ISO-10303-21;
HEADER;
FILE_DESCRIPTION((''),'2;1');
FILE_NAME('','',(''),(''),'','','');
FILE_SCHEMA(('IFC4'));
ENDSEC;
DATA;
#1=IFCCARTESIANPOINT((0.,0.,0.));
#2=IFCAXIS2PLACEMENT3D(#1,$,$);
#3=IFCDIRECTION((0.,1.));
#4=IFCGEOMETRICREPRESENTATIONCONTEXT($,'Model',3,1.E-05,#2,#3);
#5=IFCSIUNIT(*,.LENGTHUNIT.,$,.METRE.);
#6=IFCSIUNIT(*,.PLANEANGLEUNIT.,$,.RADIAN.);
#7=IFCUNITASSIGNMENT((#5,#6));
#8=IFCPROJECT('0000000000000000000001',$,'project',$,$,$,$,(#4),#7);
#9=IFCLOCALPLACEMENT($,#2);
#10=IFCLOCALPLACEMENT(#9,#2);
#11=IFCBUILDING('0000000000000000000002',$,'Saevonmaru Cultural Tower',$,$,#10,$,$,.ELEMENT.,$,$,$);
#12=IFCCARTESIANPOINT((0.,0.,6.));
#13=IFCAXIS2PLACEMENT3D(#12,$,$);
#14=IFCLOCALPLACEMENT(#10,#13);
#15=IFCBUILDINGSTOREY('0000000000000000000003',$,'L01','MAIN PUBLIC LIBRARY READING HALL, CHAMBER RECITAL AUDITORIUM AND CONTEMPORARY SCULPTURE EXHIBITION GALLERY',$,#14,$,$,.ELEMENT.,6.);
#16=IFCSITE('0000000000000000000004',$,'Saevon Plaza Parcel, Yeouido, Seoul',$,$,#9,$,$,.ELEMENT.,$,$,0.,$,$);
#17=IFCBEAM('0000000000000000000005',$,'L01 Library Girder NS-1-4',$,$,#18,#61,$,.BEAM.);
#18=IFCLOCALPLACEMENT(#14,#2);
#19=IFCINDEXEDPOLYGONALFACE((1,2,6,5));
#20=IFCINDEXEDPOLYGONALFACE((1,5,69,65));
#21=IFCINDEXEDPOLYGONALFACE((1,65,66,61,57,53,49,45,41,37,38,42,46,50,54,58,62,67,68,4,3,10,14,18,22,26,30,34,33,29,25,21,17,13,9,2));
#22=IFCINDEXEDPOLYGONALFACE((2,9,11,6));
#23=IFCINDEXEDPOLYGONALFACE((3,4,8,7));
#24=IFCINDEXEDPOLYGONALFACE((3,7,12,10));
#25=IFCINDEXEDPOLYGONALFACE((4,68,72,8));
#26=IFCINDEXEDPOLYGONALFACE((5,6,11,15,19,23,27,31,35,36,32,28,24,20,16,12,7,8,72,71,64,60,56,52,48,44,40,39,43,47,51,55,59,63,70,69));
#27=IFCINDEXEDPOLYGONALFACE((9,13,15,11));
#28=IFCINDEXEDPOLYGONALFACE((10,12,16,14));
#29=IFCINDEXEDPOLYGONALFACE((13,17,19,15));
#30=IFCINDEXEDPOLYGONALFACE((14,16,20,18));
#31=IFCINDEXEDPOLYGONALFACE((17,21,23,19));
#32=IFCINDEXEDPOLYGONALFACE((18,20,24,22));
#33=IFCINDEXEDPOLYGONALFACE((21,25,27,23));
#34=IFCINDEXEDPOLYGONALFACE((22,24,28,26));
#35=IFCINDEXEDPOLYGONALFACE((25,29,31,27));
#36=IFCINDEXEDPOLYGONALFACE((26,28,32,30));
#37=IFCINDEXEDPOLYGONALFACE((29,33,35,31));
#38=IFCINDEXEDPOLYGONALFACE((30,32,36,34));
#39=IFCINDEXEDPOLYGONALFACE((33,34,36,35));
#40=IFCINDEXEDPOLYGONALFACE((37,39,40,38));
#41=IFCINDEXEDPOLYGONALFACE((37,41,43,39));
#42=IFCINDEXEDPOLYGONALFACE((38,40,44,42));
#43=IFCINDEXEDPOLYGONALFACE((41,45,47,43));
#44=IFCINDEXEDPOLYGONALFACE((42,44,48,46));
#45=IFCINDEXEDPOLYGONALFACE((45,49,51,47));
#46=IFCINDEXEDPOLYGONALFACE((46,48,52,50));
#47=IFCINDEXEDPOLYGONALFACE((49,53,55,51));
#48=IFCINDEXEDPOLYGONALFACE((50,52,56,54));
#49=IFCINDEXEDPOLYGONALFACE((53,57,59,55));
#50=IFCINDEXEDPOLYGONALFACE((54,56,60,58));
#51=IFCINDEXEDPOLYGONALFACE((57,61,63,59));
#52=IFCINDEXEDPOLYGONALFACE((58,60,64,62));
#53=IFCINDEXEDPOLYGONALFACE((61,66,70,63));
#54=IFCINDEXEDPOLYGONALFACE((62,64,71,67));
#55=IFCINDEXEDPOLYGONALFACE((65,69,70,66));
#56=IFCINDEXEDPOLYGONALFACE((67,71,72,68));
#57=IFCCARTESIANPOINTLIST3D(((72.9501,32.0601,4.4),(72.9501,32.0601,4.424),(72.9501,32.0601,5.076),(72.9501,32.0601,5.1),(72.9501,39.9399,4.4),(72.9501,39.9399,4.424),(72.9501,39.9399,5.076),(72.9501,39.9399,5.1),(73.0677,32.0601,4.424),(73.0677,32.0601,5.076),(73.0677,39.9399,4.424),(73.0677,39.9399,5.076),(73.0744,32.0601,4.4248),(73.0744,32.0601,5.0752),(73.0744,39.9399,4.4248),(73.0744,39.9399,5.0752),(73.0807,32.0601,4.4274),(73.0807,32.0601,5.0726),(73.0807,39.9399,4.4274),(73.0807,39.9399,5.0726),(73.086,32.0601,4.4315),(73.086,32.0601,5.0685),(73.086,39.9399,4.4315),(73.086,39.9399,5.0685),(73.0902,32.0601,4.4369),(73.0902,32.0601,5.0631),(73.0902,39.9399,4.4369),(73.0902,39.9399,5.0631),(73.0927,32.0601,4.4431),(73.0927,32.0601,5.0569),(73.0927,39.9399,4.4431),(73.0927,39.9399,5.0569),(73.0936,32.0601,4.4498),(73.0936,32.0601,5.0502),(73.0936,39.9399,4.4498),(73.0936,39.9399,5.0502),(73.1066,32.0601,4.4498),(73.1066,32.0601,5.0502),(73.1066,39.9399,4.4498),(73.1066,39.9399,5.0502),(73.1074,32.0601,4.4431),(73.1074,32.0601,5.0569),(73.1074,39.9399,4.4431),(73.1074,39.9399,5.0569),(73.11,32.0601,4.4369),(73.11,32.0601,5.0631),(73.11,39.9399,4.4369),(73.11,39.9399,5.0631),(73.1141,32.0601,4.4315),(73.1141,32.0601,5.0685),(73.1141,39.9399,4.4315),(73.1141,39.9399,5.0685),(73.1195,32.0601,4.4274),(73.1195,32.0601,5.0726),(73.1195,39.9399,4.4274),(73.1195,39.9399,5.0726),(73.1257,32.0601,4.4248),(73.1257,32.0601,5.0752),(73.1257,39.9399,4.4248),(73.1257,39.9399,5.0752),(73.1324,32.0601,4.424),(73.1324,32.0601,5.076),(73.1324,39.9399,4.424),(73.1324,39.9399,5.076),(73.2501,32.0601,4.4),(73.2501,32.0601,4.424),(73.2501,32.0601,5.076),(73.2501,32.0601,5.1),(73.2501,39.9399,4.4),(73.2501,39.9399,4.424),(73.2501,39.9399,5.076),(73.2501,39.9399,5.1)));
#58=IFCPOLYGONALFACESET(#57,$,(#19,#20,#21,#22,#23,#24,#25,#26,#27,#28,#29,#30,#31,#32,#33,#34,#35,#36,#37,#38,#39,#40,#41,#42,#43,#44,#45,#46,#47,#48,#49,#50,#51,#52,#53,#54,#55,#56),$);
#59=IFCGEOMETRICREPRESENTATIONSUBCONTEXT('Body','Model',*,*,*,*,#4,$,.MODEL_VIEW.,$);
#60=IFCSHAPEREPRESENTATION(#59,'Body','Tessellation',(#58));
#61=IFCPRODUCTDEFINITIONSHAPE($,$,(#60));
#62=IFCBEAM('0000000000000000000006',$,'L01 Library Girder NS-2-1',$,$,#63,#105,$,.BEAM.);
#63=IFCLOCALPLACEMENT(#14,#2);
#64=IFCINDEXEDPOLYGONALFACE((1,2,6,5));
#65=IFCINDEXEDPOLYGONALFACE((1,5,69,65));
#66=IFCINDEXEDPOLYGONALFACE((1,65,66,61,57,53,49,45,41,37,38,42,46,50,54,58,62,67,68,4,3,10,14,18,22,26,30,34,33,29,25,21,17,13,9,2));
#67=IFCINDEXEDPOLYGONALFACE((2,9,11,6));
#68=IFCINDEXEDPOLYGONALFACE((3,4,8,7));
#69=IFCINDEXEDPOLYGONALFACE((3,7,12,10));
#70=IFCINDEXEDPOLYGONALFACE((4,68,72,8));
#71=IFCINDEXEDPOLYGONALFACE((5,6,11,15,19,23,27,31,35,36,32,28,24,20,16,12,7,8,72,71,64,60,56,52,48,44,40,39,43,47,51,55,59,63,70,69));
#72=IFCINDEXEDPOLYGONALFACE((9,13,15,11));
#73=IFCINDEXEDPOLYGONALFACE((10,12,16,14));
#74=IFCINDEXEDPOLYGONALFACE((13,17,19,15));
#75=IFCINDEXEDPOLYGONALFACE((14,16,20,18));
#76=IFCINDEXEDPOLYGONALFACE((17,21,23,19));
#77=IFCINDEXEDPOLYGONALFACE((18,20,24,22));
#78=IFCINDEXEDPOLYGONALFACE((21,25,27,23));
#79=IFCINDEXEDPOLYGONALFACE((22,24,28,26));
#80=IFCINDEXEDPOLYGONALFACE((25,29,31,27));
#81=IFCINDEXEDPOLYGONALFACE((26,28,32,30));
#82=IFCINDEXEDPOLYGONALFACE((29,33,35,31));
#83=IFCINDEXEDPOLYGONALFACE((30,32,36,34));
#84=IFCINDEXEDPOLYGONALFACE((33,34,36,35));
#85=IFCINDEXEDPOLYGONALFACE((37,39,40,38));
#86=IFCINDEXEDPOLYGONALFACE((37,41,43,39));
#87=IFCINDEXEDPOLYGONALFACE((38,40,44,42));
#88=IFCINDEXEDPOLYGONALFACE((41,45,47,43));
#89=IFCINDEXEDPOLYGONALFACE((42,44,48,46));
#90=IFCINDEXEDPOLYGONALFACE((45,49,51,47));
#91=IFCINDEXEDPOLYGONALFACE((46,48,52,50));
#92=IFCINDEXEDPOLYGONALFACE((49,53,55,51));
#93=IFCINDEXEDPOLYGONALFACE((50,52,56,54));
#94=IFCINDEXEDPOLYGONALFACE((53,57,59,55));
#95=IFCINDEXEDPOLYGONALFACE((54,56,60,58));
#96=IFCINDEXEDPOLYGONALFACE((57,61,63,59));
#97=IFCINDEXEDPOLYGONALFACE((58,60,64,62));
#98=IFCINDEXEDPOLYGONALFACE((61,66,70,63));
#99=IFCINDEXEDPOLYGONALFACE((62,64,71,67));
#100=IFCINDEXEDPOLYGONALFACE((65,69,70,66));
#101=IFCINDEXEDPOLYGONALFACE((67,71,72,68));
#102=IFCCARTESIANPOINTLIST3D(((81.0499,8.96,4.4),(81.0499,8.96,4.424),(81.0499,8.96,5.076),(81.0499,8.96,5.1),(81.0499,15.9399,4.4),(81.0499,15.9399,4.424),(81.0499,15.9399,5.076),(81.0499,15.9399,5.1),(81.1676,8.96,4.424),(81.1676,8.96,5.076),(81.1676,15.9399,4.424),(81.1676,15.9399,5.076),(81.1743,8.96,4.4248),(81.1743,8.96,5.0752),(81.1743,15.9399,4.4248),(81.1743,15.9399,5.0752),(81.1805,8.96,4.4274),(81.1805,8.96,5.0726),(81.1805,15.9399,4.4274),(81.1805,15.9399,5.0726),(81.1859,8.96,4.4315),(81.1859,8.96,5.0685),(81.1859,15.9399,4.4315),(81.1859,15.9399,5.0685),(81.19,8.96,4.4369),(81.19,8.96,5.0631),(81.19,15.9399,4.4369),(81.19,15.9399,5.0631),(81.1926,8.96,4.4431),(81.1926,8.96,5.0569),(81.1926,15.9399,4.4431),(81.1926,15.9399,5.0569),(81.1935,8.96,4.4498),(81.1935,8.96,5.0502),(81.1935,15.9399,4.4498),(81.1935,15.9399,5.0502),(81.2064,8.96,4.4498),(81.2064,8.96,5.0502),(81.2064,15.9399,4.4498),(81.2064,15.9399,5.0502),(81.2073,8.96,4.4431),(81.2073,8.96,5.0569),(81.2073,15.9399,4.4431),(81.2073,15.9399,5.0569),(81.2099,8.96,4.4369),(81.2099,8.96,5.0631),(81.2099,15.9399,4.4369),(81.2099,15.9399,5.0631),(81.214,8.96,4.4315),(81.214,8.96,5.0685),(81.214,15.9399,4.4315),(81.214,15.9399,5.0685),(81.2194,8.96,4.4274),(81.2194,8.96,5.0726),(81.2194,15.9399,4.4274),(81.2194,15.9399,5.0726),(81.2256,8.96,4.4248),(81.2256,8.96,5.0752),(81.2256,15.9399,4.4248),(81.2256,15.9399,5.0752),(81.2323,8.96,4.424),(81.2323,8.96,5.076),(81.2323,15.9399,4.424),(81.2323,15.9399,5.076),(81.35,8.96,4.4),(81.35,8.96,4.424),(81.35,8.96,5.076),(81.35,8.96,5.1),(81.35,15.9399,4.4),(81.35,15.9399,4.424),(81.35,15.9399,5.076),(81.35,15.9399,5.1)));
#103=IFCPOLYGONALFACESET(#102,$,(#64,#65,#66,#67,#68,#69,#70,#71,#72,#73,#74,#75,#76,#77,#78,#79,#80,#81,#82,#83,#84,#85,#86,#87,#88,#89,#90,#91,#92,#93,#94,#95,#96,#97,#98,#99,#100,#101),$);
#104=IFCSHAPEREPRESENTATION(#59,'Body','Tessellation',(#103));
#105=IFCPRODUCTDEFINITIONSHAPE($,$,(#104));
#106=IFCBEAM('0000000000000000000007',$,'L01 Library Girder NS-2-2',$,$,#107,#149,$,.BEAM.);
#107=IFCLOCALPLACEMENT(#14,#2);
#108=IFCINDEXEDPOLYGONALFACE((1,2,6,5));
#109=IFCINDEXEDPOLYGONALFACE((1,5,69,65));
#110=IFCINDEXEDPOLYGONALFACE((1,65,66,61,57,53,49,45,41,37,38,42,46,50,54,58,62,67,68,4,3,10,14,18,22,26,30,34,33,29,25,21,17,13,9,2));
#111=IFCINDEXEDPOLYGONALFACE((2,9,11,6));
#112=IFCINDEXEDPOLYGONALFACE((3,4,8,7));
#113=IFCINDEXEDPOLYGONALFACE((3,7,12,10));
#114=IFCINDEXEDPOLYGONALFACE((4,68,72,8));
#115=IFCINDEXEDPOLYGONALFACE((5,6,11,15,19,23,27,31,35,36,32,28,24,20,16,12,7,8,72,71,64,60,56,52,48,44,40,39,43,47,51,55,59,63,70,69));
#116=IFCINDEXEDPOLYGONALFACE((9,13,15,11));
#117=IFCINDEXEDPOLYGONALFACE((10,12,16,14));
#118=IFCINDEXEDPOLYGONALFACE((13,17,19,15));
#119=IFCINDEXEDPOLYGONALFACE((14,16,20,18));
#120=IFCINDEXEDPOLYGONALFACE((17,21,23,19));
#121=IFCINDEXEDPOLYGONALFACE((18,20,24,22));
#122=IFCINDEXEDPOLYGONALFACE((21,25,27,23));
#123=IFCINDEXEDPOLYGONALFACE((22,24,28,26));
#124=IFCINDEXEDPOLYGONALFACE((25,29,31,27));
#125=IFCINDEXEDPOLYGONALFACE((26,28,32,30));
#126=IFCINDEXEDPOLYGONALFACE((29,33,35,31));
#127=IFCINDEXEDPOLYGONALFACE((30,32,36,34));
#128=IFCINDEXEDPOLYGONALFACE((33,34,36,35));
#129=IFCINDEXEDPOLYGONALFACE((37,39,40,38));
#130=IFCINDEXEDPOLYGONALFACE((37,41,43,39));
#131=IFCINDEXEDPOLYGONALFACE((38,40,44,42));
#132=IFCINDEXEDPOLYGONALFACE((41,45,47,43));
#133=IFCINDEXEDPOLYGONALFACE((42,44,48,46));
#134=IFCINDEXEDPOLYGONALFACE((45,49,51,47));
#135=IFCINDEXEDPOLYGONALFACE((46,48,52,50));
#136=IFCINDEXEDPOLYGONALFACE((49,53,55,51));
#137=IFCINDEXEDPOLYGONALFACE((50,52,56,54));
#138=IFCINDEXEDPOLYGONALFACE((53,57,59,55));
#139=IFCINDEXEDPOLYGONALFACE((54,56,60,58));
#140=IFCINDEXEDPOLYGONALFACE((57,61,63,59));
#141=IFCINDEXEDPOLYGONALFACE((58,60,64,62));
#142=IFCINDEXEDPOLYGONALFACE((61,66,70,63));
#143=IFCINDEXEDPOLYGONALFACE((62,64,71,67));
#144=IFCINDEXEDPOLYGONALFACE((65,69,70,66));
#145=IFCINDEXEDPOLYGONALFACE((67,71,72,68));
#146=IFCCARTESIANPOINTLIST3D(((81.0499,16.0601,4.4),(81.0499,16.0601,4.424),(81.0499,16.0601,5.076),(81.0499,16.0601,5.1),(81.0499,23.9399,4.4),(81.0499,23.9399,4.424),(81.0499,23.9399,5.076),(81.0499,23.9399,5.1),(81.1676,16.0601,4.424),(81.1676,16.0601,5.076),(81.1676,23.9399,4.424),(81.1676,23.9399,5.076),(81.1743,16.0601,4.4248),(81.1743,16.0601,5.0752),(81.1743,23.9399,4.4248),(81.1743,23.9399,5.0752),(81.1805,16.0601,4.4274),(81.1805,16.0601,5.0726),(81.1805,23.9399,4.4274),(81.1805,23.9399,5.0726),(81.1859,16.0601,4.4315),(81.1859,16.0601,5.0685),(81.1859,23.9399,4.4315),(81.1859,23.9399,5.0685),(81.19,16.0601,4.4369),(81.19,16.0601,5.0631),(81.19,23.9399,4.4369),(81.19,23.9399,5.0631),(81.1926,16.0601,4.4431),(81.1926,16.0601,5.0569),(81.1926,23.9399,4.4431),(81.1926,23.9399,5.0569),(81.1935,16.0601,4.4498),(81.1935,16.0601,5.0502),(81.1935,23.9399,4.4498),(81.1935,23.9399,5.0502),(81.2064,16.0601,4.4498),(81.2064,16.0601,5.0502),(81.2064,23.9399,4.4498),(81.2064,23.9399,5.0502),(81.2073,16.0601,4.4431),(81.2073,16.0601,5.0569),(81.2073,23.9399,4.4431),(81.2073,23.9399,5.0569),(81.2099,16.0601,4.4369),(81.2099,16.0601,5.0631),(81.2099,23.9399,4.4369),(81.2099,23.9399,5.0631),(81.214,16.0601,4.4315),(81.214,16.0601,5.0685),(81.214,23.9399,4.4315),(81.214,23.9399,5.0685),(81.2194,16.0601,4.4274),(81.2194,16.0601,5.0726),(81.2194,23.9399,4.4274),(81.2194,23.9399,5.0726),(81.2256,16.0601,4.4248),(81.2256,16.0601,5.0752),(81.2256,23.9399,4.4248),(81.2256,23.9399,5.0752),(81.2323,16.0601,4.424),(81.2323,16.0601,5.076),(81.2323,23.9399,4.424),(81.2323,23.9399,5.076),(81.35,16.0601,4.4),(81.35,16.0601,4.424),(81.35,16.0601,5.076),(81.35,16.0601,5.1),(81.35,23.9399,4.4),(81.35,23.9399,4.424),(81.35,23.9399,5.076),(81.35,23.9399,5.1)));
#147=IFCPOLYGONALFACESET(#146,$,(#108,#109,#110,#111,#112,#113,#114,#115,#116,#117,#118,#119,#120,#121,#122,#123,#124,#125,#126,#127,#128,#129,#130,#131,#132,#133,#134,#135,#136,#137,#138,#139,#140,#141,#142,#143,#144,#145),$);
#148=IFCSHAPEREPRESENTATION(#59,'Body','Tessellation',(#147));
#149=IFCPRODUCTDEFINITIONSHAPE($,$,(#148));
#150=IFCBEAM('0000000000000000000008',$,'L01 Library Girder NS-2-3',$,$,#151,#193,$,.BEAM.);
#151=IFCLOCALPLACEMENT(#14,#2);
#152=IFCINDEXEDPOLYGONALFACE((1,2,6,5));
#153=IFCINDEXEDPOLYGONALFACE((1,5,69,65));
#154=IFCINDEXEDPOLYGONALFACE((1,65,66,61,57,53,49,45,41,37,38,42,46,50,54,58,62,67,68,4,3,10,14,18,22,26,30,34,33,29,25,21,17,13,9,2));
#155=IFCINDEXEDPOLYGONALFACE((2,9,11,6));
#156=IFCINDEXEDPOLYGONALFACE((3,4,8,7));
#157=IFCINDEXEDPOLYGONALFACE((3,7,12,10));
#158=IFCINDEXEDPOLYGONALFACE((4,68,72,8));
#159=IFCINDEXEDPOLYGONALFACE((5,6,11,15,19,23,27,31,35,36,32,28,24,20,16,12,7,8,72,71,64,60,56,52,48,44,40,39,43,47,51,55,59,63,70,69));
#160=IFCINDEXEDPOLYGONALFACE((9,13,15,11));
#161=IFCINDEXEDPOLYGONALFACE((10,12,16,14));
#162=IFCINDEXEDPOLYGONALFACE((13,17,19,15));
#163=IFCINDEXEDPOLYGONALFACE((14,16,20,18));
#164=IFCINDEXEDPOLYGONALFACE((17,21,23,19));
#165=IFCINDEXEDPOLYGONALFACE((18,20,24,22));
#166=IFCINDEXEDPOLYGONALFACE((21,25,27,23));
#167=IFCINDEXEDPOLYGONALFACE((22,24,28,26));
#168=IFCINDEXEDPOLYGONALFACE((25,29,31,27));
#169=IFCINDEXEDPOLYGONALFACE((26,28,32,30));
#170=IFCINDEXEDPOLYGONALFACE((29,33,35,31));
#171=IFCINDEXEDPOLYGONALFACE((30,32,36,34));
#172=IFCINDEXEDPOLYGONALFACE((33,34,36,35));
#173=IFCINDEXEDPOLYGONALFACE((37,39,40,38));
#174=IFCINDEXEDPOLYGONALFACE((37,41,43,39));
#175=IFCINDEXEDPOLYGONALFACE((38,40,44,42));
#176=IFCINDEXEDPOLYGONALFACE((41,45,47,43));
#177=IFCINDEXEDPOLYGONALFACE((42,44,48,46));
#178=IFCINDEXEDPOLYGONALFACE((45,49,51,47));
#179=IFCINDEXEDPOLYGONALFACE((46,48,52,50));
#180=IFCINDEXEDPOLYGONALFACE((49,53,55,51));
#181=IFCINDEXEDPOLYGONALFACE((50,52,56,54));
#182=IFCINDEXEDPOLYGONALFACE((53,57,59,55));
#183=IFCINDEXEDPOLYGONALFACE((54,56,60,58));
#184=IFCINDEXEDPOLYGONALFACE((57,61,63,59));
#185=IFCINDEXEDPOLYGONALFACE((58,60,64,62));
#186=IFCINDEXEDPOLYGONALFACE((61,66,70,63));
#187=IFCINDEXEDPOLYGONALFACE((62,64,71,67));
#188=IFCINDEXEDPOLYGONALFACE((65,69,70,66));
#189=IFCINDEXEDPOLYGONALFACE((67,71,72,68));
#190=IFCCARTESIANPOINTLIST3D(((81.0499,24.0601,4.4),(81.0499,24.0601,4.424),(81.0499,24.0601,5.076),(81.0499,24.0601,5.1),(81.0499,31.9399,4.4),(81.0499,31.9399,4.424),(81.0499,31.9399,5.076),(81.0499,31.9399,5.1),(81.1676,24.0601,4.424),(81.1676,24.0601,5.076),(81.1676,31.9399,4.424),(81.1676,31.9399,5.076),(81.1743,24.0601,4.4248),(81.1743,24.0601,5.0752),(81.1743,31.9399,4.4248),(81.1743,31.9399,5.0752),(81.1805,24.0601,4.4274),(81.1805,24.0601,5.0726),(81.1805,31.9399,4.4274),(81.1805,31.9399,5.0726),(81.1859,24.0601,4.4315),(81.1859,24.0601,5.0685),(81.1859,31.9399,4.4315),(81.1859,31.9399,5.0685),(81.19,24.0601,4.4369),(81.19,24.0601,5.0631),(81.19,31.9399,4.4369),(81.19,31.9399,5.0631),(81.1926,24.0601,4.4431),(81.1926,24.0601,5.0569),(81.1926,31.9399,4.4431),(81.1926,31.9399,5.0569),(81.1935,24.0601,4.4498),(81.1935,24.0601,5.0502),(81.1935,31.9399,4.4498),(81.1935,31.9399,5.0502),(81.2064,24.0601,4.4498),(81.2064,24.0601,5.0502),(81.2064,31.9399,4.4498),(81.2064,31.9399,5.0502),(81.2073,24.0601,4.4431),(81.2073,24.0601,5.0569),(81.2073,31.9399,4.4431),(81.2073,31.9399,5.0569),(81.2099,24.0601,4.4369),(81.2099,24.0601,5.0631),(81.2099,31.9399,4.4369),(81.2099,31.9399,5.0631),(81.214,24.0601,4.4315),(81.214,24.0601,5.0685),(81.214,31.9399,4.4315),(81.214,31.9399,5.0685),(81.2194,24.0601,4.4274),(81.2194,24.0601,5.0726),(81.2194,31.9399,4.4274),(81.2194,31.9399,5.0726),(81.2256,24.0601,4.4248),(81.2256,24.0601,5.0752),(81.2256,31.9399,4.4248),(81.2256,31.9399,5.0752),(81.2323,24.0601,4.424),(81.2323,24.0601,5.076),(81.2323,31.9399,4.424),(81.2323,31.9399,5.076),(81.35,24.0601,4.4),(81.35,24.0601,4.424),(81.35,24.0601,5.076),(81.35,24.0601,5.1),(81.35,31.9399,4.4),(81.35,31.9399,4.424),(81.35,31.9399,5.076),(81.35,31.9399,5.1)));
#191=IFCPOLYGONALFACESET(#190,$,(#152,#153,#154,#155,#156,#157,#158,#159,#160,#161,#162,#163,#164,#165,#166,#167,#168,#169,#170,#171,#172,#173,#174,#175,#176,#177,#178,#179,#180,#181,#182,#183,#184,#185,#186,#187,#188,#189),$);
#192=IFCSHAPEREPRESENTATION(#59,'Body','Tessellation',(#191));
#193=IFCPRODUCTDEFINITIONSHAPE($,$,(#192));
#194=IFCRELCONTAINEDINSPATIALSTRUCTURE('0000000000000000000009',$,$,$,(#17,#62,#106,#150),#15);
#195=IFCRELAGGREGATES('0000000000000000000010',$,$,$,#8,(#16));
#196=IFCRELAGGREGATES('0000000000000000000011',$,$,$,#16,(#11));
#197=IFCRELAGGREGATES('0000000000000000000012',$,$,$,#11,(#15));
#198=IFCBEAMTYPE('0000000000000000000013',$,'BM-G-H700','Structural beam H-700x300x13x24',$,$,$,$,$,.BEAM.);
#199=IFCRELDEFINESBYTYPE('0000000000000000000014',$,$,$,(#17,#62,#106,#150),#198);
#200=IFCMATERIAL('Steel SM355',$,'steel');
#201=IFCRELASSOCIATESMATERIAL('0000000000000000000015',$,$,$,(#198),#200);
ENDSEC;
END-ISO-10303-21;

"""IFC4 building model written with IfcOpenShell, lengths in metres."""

from ifc_helpers import new_model, si_unit, direction, frame, origin, origin_2d, place, context, subcontext, project, spatial, i_section, extrude, material, material_profile, profile_set, type_object, element, save


model = new_model("IFC4")

# Units and contexts
model_context = context("Model", 3, precision=1e-05, world=origin(), true_north=direction((0.0, 1.0)))
body_context = subcontext(model_context, "Body", "Model", "MODEL_VIEW")
ifc_project = project(units=[si_unit("LENGTHUNIT", "METRE"), si_unit("PLANEANGLEUNIT", "RADIAN")], contexts=[model_context])

# Site, building, storey
site_placement = place(None, origin())
site = spatial("IfcSite", under=ifc_project, at=site_placement, Name="Saevon Plaza Parcel, Yeouido, Seoul", CompositionType="ELEMENT", RefElevation=0.0)
building_placement = place(site_placement, origin())
building = spatial("IfcBuilding", under=site, at=building_placement, Name="Saevonmaru Cultural Tower", CompositionType="ELEMENT")
storey_placement = place(building_placement, frame((0.0, 0.0, 6.0)))
storey = spatial("IfcBuildingStorey", under=building, at=storey_placement, Name="L01", Description="MAIN PUBLIC LIBRARY READING HALL, CHAMBER RECITAL AUDITORIUM AND CONTEMPORARY SCULPTURE EXHIBITION GALLERY", CompositionType="ELEMENT", Elevation=6.0)

# Shared definitions
ifc_material_1 = material(Name="Steel SM355", Category="steel")

# Beams
ifc_material_profile_1 = material_profile(ifc_material_1, i_section(OverallWidth=0.3, OverallDepth=0.7, WebThickness=0.0129, FlangeThickness=0.0239, FilletRadius=0.0259, at=origin_2d()), Name="H-700x300x13x24")
ifc_profile_set_1 = profile_set([ifc_material_profile_1], Name="Steel SM355")
beam_type_1 = type_object("IfcBeamType", Name="BM-G-H700", Description="Structural beam H-700x300x13x24", PredefinedType="BEAM", material=ifc_profile_set_1)
for number, where, z_axis, x_axis, name in (
    (1, (73.1001, 32.0601, 4.75), (0.0, 1.0, 0.0), (-1.0, 0.0, 0.0), "L01 Library Girder NS-1-4"),
):
    element("IfcBeam", number, at=place(storey_placement, frame(where, z_axis=z_axis, x_axis=x_axis)), inside=storey, type_object=beam_type_1, Name=name, PredefinedType="BEAM", context=body_context, shape_type="SweptSolid", body=[
        extrude(i_section(OverallWidth=0.3, OverallDepth=0.7, WebThickness=0.0129, FlangeThickness=0.0239, FilletRadius=0.0259, at=origin_2d()), origin(), (0.0, 0.0, 1.0), 7.8799),
    ])
beam_1_placement = place(storey_placement, frame((81.2, 8.96, 4.75), z_axis=(0.0, 1.0, 0.0), x_axis=(-1.0, 0.0, 0.0)))
element("IfcBeam", 2, at=beam_1_placement, inside=storey, type_object=beam_type_1, Name="L01 Library Girder NS-2-1", PredefinedType="BEAM", context=body_context, shape_type="SweptSolid", body=[
    extrude(i_section(OverallWidth=0.3, OverallDepth=0.7, WebThickness=0.0129, FlangeThickness=0.0239, FilletRadius=0.0259, at=origin_2d()), origin(), (0.0, 0.0, 1.0), 6.98),
])
for number, where, z_axis, x_axis, name in (
    (3, (81.2, 16.0601, 4.75), (0.0, 1.0, 0.0), (-1.0, 0.0, 0.0), "L01 Library Girder NS-2-2"),
    (4, (81.2, 24.0601, 4.75), (0.0, 1.0, 0.0), (-1.0, 0.0, 0.0), "L01 Library Girder NS-2-3"),
):
    element("IfcBeam", number, at=place(storey_placement, frame(where, z_axis=z_axis, x_axis=x_axis)), inside=storey, type_object=beam_type_1, Name=name, PredefinedType="BEAM", context=body_context, shape_type="SweptSolid", body=[
        extrude(i_section(OverallWidth=0.3, OverallDepth=0.7, WebThickness=0.0129, FlangeThickness=0.0239, FilletRadius=0.0259, at=origin_2d()), origin(), (0.0, 0.0, 1.0), 7.8799),
    ])

save(model, "model.ifc")
